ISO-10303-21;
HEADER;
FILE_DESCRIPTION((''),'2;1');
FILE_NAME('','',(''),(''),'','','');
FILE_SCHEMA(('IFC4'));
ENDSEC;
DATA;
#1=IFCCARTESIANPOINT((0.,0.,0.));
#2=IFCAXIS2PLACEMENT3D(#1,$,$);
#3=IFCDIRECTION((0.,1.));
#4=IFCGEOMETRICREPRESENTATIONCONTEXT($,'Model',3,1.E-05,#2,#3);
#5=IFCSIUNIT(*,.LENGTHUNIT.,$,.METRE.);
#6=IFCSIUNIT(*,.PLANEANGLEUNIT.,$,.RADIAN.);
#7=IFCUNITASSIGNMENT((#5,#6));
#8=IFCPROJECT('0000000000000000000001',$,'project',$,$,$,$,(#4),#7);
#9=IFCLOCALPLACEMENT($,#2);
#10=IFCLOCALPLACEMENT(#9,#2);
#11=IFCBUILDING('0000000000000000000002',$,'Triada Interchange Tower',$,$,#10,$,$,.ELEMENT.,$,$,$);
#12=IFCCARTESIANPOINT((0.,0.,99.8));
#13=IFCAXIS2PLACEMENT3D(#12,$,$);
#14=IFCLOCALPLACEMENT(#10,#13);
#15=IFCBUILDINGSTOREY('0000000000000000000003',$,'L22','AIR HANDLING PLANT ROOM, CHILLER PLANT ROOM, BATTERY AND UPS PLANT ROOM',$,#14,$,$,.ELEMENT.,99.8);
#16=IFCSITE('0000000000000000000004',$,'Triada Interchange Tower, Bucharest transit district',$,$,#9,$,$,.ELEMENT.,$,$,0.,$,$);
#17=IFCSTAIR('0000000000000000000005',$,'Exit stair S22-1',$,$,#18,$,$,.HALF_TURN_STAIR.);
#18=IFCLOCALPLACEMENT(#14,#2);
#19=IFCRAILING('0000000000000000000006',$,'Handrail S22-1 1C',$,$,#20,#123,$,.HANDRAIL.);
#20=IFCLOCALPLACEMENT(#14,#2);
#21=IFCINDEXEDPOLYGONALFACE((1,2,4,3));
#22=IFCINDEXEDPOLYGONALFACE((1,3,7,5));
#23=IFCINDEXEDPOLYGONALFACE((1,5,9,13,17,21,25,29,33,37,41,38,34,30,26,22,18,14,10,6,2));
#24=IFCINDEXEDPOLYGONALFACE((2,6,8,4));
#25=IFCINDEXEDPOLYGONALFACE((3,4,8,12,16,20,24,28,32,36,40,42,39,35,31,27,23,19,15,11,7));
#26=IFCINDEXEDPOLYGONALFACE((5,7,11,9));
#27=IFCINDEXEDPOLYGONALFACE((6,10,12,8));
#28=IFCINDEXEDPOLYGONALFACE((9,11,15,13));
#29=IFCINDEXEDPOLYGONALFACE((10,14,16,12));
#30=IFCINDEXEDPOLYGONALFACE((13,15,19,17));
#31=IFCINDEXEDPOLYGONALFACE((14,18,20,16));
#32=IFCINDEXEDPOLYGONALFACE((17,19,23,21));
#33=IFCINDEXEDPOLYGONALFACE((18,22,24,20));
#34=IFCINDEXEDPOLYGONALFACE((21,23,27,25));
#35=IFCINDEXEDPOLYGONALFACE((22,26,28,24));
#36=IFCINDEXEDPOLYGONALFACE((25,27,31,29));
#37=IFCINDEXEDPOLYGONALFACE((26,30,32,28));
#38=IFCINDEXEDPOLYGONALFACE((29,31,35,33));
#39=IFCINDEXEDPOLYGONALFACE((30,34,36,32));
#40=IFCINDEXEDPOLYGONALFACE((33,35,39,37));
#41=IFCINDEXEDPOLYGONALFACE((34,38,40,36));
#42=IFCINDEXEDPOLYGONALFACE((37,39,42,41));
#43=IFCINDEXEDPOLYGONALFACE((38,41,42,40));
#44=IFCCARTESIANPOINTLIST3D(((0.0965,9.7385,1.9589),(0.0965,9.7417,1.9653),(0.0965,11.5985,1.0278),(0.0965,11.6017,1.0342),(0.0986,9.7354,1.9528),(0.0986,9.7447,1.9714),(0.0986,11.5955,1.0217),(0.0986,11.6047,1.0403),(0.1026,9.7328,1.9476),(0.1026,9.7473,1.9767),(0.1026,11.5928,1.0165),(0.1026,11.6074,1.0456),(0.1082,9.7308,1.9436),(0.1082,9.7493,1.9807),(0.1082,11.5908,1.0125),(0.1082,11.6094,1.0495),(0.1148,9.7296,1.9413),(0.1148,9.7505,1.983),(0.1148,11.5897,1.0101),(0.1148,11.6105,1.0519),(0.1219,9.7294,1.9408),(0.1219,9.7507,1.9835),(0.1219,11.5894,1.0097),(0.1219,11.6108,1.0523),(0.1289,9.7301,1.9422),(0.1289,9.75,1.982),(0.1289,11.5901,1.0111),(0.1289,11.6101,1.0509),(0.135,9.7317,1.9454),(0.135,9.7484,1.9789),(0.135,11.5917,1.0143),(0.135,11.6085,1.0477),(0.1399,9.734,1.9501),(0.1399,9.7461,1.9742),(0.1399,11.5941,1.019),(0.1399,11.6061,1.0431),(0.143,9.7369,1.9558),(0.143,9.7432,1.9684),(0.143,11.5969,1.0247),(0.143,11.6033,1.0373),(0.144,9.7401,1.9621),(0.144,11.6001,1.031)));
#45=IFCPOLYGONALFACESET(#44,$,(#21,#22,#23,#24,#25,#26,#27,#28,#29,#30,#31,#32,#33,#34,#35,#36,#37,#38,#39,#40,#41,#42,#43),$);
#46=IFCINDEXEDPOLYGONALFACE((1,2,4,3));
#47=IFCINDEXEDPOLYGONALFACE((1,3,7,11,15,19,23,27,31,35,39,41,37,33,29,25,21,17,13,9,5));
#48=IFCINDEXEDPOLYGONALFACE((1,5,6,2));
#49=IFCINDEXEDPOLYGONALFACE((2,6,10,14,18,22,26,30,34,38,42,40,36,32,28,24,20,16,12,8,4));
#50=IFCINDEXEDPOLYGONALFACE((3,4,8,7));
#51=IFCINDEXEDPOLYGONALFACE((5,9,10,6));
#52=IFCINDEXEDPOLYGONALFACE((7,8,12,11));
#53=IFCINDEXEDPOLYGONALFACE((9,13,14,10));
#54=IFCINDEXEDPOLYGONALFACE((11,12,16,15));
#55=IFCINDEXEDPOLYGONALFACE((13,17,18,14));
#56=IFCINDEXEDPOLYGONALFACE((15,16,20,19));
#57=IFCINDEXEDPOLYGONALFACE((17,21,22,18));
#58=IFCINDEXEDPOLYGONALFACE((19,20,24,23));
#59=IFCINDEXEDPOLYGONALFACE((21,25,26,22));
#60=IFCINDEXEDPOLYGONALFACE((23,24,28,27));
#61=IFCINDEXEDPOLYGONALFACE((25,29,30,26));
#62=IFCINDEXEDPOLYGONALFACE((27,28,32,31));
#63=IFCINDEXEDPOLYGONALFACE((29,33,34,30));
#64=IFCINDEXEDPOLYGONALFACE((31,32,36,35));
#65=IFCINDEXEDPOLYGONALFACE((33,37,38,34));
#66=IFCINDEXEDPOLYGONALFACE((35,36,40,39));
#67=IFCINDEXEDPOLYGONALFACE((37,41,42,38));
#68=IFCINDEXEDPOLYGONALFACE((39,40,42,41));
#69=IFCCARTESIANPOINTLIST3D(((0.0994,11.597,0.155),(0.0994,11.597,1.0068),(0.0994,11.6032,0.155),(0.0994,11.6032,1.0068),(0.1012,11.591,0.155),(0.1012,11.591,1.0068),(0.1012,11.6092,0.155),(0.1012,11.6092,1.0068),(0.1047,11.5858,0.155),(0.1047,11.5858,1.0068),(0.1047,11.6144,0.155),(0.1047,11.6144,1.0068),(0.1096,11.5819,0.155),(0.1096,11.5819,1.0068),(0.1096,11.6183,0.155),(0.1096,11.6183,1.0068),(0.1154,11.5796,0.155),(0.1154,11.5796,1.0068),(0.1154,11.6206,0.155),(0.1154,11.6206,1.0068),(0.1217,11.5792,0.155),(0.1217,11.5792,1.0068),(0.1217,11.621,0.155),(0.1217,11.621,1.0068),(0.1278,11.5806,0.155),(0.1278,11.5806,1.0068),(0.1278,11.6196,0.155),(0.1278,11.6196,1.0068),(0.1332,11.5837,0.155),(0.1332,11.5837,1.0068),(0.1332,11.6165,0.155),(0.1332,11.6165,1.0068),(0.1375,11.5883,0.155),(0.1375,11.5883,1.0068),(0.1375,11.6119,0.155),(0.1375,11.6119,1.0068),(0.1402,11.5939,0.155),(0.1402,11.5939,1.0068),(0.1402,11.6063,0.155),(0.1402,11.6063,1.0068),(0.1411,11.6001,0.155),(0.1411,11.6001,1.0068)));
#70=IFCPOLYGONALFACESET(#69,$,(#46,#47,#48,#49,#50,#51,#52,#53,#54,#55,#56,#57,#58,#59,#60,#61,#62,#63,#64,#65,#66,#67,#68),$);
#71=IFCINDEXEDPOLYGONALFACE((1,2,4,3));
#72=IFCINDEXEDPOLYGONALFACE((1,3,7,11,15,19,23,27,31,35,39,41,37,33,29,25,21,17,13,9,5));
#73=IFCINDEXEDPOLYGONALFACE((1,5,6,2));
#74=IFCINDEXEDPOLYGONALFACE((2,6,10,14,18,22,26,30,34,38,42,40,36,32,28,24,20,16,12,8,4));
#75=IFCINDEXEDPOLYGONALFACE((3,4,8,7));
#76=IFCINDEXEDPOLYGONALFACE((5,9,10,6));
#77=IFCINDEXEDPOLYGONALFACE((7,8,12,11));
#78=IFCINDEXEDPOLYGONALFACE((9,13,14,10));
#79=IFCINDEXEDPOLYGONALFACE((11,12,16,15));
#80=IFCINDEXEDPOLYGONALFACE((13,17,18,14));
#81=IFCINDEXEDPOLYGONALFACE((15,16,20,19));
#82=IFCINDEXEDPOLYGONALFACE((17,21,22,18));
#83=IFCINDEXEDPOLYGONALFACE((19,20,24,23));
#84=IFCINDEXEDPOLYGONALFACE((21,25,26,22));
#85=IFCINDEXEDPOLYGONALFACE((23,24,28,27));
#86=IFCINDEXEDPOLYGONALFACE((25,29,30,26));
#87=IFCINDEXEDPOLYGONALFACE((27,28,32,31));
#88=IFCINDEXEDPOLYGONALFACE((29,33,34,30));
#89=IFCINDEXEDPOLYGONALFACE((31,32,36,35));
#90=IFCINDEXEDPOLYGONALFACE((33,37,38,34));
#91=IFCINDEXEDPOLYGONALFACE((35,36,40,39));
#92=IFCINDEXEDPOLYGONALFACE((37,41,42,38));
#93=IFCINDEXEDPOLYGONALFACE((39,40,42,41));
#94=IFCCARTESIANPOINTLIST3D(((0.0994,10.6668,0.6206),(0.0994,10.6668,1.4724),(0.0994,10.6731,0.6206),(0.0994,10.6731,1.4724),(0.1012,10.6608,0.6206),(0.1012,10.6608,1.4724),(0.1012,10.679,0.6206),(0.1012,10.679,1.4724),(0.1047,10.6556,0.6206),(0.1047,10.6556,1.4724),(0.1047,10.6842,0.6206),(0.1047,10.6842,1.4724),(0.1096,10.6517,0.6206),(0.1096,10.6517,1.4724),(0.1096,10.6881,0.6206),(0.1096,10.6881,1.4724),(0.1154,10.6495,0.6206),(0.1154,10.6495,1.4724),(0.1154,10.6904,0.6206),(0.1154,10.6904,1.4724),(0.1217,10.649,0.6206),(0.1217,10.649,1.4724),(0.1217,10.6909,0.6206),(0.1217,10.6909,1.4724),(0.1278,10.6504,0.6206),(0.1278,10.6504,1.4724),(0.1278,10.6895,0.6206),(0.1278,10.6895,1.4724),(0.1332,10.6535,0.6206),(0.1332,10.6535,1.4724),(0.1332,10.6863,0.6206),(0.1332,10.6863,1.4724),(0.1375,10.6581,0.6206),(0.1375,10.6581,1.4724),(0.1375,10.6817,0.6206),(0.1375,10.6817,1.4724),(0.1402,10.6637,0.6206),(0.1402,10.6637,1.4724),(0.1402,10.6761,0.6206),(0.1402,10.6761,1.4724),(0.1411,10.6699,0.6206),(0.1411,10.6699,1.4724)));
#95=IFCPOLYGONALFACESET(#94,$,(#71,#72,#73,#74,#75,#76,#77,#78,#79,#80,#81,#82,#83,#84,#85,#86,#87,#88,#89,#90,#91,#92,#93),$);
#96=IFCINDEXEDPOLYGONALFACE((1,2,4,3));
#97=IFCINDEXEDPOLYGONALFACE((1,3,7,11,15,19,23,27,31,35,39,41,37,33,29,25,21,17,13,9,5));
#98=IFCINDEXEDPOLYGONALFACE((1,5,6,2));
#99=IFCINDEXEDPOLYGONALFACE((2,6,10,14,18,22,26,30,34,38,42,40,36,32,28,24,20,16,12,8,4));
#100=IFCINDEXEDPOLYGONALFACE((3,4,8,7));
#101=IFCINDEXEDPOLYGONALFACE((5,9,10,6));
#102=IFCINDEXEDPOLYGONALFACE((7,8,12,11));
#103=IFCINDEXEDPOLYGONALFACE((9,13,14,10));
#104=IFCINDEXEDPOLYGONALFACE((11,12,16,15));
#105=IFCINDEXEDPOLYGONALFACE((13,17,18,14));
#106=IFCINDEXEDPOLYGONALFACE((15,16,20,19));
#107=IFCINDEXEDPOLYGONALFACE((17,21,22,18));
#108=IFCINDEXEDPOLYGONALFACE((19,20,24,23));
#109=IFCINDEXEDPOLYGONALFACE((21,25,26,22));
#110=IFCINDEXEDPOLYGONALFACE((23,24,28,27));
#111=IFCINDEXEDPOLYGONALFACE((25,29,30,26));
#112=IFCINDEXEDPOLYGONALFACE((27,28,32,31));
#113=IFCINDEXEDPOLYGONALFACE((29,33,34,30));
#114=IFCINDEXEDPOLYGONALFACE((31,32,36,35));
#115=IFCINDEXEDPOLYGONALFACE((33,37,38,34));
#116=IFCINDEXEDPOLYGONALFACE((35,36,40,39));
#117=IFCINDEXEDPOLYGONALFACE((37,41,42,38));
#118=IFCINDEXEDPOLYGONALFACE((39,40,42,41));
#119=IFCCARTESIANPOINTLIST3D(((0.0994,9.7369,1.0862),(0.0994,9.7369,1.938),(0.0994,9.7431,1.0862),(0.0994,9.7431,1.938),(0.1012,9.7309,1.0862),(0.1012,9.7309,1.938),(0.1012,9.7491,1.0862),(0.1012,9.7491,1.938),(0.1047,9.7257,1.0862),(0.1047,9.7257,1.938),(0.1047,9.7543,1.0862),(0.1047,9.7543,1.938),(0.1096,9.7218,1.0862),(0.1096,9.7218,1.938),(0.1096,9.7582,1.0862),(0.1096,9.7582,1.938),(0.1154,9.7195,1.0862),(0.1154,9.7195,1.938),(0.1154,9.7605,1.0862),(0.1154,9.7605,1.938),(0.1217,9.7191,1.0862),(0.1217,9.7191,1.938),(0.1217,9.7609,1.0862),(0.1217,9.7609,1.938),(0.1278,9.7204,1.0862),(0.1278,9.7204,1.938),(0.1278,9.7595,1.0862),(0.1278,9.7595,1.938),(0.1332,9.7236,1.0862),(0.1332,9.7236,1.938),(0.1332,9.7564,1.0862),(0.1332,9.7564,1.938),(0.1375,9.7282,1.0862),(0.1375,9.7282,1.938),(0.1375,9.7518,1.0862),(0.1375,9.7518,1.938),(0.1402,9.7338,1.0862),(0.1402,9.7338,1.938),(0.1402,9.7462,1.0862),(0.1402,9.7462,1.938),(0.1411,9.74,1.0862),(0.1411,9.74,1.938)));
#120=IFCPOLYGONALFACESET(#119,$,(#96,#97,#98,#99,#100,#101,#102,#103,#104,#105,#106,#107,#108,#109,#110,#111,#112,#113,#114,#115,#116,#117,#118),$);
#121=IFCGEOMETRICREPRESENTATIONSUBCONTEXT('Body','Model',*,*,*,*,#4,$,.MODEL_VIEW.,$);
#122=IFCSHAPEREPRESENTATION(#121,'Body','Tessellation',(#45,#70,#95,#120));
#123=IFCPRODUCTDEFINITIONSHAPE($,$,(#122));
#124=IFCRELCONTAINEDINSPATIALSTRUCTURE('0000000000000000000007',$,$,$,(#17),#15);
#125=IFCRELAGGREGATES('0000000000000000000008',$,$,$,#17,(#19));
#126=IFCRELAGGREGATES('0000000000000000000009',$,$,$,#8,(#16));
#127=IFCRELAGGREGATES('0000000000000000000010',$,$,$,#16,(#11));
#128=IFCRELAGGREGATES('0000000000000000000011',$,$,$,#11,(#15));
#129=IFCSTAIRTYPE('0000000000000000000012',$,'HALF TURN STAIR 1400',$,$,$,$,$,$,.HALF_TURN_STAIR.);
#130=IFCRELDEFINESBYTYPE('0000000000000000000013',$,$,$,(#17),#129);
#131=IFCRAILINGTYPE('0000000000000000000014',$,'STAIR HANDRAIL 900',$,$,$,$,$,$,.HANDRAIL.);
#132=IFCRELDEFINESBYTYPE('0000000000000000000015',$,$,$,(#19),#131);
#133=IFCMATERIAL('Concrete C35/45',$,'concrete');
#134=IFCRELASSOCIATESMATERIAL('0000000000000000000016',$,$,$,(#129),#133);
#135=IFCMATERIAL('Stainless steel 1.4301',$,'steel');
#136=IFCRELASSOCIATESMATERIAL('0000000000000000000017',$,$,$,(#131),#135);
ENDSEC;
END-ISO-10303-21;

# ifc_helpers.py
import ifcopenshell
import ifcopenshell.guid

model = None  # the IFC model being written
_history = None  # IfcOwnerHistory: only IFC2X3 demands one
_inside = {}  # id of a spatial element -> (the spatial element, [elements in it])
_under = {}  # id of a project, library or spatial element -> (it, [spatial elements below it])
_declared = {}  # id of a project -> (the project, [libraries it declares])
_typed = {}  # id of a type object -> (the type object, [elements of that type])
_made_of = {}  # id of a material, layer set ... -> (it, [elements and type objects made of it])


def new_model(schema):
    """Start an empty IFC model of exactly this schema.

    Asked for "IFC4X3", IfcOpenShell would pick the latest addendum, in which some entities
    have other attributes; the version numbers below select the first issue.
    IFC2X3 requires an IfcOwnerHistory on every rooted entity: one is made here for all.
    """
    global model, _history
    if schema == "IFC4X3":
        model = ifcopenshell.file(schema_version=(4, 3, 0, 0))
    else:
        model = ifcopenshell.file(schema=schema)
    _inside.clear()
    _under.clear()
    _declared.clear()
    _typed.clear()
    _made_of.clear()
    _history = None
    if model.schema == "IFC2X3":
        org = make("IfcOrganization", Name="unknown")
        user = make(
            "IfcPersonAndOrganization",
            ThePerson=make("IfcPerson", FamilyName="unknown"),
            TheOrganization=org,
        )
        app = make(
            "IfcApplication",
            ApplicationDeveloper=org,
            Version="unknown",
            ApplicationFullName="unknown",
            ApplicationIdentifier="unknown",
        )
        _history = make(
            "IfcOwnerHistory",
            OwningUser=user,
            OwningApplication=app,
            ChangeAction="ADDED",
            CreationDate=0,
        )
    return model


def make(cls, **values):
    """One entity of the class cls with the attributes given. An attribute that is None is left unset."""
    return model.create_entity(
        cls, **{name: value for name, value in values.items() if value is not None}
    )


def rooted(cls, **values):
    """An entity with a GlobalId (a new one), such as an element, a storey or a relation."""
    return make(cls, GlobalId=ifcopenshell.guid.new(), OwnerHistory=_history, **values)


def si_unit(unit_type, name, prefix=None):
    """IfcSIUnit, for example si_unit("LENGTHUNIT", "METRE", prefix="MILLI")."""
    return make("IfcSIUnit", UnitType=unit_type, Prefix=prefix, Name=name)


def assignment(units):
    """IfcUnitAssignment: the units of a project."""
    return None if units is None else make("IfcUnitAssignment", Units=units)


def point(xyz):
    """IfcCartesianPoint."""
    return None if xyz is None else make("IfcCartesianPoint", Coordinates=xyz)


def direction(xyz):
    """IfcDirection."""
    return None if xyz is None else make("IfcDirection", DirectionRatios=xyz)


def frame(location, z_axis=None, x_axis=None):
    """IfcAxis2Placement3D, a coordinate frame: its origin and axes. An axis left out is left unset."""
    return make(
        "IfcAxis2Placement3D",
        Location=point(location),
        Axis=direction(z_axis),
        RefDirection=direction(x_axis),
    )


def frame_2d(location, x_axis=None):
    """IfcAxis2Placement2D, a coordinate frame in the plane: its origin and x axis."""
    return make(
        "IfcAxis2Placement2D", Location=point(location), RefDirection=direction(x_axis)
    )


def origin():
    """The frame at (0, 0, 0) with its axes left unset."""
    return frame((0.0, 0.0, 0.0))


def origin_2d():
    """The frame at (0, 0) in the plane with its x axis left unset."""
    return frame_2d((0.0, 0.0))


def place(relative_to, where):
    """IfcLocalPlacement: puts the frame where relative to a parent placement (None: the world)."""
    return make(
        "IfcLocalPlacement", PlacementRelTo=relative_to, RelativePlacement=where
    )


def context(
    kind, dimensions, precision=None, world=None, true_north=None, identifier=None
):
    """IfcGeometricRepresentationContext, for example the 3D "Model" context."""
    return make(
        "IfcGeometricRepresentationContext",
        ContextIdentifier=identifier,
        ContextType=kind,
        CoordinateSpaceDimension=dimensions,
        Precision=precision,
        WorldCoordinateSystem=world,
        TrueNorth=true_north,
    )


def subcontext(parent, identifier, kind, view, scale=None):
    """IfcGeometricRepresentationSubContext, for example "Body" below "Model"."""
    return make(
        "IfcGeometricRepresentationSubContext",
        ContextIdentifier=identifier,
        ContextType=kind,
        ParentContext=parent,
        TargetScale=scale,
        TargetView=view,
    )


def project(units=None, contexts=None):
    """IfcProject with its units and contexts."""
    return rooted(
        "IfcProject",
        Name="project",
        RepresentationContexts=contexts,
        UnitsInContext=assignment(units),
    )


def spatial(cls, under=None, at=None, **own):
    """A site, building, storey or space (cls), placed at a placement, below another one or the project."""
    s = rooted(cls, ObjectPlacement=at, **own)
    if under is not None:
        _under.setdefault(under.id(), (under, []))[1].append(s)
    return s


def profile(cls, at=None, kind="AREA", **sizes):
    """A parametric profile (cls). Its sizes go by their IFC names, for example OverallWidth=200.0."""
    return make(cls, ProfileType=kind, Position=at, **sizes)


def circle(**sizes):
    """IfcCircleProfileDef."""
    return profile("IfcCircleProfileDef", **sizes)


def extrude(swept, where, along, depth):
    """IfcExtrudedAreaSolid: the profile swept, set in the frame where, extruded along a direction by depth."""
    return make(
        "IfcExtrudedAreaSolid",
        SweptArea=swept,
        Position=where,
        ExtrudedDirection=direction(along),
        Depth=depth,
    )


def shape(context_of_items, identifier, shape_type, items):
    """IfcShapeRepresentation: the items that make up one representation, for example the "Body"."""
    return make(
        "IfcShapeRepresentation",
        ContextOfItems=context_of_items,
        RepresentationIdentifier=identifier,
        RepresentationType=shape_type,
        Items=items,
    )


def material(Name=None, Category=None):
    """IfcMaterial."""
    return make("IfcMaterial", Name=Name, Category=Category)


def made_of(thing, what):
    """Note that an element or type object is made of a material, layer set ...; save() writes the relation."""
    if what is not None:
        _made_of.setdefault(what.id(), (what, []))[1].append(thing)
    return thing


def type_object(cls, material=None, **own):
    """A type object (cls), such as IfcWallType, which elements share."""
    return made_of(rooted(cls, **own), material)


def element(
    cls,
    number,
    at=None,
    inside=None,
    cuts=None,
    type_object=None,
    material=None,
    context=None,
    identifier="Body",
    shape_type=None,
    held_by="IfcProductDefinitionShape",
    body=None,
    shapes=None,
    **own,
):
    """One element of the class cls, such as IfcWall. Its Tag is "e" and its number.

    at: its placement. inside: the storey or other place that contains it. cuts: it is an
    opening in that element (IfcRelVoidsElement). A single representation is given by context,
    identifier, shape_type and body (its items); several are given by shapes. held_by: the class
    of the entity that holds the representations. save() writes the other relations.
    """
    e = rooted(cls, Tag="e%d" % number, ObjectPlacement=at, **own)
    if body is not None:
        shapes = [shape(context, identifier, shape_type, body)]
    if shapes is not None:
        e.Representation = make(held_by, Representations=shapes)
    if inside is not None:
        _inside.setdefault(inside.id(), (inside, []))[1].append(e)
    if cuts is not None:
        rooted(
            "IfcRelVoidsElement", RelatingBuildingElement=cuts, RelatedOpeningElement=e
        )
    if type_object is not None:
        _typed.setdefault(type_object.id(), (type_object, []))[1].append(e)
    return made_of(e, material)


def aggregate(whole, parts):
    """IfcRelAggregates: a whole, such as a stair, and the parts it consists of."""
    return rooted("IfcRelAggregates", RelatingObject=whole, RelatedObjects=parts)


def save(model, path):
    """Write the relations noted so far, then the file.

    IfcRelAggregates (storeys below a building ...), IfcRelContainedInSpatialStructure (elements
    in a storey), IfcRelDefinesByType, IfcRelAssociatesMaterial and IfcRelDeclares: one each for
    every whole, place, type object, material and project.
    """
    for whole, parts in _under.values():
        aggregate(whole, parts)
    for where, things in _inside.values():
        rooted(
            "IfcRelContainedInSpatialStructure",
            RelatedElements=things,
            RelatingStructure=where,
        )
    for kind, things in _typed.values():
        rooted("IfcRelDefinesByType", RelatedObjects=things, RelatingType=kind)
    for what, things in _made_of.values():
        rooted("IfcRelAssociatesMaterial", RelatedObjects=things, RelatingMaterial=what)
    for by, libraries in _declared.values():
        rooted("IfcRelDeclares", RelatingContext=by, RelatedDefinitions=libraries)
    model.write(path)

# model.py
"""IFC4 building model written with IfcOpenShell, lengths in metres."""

from ifc_helpers import new_model, si_unit, direction, frame, origin, origin_2d, place, context, subcontext, project, spatial, circle, extrude, material, type_object, element, aggregate, save


model = new_model("IFC4")

# Units and contexts
model_context = context("Model", 3, precision=1e-05, world=origin(), true_north=direction((0.0, 1.0)))
body_context = subcontext(model_context, "Body", "Model", "MODEL_VIEW")
ifc_project = project(units=[si_unit("LENGTHUNIT", "METRE"), si_unit("PLANEANGLEUNIT", "RADIAN")], contexts=[model_context])

# Site, building, storey
site_placement = place(None, origin())
site = spatial("IfcSite", under=ifc_project, at=site_placement, Name="Triada Interchange Tower, Bucharest transit district", CompositionType="ELEMENT", RefElevation=0.0)
building_placement = place(site_placement, origin())
building = spatial("IfcBuilding", under=site, at=building_placement, Name="Triada Interchange Tower", CompositionType="ELEMENT")
storey_placement = place(building_placement, frame((0.0, 0.0, 99.8)))
storey = spatial("IfcBuildingStorey", under=building, at=storey_placement, Name="L22", Description="AIR HANDLING PLANT ROOM, CHILLER PLANT ROOM, BATTERY AND UPS PLANT ROOM", CompositionType="ELEMENT", Elevation=99.8)

# Stair
ifc_material_1 = material(Name="Concrete C35/45", Category="concrete")
stair_type = type_object("IfcStairType", Name="HALF TURN STAIR 1400", PredefinedType="HALF_TURN_STAIR", material=ifc_material_1)
stair_1_placement = place(storey_placement, origin())
stair_1 = element("IfcStair", 1, at=stair_1_placement, inside=storey, type_object=stair_type, Name="Exit stair S22-1", PredefinedType="HALF_TURN_STAIR")

# Railing
ifc_material_2 = material(Name="Stainless steel 1.4301", Category="steel")
railing_type = type_object("IfcRailingType", Name="STAIR HANDRAIL 900", PredefinedType="HANDRAIL", material=ifc_material_2)
railing_placement = place(storey_placement, frame((0.1201, 11.6001, 0.155)))
railing = element("IfcRailing", 2, at=railing_placement, type_object=railing_type, Name="Handrail S22-1 1C", PredefinedType="HANDRAIL", context=body_context, shape_type="SweptSolid", body=[
    extrude(circle(Radius=0.0239, at=origin_2d()), frame((0.0, 0.0, 0.876), z_axis=(0.0, -0.894216, 0.447636), x_axis=(1.0, 0.0, 0.0)), (0.0, 0.0, 1.0), 2.0801),
    extrude(circle(Radius=0.021, at=origin_2d()), origin(), (0.0, 0.0, 1.0), 0.8518),
    extrude(circle(Radius=0.021, at=origin_2d()), frame((0.0, -0.9302, 0.4656)), (0.0, 0.0, 1.0), 0.8518),
    extrude(circle(Radius=0.021, at=origin_2d()), frame((0.0, -1.8601, 0.9312)), (0.0, 0.0, 1.0), 0.8518),
])
aggregate(stair_1, [railing])

save(model, "model.ifc")
